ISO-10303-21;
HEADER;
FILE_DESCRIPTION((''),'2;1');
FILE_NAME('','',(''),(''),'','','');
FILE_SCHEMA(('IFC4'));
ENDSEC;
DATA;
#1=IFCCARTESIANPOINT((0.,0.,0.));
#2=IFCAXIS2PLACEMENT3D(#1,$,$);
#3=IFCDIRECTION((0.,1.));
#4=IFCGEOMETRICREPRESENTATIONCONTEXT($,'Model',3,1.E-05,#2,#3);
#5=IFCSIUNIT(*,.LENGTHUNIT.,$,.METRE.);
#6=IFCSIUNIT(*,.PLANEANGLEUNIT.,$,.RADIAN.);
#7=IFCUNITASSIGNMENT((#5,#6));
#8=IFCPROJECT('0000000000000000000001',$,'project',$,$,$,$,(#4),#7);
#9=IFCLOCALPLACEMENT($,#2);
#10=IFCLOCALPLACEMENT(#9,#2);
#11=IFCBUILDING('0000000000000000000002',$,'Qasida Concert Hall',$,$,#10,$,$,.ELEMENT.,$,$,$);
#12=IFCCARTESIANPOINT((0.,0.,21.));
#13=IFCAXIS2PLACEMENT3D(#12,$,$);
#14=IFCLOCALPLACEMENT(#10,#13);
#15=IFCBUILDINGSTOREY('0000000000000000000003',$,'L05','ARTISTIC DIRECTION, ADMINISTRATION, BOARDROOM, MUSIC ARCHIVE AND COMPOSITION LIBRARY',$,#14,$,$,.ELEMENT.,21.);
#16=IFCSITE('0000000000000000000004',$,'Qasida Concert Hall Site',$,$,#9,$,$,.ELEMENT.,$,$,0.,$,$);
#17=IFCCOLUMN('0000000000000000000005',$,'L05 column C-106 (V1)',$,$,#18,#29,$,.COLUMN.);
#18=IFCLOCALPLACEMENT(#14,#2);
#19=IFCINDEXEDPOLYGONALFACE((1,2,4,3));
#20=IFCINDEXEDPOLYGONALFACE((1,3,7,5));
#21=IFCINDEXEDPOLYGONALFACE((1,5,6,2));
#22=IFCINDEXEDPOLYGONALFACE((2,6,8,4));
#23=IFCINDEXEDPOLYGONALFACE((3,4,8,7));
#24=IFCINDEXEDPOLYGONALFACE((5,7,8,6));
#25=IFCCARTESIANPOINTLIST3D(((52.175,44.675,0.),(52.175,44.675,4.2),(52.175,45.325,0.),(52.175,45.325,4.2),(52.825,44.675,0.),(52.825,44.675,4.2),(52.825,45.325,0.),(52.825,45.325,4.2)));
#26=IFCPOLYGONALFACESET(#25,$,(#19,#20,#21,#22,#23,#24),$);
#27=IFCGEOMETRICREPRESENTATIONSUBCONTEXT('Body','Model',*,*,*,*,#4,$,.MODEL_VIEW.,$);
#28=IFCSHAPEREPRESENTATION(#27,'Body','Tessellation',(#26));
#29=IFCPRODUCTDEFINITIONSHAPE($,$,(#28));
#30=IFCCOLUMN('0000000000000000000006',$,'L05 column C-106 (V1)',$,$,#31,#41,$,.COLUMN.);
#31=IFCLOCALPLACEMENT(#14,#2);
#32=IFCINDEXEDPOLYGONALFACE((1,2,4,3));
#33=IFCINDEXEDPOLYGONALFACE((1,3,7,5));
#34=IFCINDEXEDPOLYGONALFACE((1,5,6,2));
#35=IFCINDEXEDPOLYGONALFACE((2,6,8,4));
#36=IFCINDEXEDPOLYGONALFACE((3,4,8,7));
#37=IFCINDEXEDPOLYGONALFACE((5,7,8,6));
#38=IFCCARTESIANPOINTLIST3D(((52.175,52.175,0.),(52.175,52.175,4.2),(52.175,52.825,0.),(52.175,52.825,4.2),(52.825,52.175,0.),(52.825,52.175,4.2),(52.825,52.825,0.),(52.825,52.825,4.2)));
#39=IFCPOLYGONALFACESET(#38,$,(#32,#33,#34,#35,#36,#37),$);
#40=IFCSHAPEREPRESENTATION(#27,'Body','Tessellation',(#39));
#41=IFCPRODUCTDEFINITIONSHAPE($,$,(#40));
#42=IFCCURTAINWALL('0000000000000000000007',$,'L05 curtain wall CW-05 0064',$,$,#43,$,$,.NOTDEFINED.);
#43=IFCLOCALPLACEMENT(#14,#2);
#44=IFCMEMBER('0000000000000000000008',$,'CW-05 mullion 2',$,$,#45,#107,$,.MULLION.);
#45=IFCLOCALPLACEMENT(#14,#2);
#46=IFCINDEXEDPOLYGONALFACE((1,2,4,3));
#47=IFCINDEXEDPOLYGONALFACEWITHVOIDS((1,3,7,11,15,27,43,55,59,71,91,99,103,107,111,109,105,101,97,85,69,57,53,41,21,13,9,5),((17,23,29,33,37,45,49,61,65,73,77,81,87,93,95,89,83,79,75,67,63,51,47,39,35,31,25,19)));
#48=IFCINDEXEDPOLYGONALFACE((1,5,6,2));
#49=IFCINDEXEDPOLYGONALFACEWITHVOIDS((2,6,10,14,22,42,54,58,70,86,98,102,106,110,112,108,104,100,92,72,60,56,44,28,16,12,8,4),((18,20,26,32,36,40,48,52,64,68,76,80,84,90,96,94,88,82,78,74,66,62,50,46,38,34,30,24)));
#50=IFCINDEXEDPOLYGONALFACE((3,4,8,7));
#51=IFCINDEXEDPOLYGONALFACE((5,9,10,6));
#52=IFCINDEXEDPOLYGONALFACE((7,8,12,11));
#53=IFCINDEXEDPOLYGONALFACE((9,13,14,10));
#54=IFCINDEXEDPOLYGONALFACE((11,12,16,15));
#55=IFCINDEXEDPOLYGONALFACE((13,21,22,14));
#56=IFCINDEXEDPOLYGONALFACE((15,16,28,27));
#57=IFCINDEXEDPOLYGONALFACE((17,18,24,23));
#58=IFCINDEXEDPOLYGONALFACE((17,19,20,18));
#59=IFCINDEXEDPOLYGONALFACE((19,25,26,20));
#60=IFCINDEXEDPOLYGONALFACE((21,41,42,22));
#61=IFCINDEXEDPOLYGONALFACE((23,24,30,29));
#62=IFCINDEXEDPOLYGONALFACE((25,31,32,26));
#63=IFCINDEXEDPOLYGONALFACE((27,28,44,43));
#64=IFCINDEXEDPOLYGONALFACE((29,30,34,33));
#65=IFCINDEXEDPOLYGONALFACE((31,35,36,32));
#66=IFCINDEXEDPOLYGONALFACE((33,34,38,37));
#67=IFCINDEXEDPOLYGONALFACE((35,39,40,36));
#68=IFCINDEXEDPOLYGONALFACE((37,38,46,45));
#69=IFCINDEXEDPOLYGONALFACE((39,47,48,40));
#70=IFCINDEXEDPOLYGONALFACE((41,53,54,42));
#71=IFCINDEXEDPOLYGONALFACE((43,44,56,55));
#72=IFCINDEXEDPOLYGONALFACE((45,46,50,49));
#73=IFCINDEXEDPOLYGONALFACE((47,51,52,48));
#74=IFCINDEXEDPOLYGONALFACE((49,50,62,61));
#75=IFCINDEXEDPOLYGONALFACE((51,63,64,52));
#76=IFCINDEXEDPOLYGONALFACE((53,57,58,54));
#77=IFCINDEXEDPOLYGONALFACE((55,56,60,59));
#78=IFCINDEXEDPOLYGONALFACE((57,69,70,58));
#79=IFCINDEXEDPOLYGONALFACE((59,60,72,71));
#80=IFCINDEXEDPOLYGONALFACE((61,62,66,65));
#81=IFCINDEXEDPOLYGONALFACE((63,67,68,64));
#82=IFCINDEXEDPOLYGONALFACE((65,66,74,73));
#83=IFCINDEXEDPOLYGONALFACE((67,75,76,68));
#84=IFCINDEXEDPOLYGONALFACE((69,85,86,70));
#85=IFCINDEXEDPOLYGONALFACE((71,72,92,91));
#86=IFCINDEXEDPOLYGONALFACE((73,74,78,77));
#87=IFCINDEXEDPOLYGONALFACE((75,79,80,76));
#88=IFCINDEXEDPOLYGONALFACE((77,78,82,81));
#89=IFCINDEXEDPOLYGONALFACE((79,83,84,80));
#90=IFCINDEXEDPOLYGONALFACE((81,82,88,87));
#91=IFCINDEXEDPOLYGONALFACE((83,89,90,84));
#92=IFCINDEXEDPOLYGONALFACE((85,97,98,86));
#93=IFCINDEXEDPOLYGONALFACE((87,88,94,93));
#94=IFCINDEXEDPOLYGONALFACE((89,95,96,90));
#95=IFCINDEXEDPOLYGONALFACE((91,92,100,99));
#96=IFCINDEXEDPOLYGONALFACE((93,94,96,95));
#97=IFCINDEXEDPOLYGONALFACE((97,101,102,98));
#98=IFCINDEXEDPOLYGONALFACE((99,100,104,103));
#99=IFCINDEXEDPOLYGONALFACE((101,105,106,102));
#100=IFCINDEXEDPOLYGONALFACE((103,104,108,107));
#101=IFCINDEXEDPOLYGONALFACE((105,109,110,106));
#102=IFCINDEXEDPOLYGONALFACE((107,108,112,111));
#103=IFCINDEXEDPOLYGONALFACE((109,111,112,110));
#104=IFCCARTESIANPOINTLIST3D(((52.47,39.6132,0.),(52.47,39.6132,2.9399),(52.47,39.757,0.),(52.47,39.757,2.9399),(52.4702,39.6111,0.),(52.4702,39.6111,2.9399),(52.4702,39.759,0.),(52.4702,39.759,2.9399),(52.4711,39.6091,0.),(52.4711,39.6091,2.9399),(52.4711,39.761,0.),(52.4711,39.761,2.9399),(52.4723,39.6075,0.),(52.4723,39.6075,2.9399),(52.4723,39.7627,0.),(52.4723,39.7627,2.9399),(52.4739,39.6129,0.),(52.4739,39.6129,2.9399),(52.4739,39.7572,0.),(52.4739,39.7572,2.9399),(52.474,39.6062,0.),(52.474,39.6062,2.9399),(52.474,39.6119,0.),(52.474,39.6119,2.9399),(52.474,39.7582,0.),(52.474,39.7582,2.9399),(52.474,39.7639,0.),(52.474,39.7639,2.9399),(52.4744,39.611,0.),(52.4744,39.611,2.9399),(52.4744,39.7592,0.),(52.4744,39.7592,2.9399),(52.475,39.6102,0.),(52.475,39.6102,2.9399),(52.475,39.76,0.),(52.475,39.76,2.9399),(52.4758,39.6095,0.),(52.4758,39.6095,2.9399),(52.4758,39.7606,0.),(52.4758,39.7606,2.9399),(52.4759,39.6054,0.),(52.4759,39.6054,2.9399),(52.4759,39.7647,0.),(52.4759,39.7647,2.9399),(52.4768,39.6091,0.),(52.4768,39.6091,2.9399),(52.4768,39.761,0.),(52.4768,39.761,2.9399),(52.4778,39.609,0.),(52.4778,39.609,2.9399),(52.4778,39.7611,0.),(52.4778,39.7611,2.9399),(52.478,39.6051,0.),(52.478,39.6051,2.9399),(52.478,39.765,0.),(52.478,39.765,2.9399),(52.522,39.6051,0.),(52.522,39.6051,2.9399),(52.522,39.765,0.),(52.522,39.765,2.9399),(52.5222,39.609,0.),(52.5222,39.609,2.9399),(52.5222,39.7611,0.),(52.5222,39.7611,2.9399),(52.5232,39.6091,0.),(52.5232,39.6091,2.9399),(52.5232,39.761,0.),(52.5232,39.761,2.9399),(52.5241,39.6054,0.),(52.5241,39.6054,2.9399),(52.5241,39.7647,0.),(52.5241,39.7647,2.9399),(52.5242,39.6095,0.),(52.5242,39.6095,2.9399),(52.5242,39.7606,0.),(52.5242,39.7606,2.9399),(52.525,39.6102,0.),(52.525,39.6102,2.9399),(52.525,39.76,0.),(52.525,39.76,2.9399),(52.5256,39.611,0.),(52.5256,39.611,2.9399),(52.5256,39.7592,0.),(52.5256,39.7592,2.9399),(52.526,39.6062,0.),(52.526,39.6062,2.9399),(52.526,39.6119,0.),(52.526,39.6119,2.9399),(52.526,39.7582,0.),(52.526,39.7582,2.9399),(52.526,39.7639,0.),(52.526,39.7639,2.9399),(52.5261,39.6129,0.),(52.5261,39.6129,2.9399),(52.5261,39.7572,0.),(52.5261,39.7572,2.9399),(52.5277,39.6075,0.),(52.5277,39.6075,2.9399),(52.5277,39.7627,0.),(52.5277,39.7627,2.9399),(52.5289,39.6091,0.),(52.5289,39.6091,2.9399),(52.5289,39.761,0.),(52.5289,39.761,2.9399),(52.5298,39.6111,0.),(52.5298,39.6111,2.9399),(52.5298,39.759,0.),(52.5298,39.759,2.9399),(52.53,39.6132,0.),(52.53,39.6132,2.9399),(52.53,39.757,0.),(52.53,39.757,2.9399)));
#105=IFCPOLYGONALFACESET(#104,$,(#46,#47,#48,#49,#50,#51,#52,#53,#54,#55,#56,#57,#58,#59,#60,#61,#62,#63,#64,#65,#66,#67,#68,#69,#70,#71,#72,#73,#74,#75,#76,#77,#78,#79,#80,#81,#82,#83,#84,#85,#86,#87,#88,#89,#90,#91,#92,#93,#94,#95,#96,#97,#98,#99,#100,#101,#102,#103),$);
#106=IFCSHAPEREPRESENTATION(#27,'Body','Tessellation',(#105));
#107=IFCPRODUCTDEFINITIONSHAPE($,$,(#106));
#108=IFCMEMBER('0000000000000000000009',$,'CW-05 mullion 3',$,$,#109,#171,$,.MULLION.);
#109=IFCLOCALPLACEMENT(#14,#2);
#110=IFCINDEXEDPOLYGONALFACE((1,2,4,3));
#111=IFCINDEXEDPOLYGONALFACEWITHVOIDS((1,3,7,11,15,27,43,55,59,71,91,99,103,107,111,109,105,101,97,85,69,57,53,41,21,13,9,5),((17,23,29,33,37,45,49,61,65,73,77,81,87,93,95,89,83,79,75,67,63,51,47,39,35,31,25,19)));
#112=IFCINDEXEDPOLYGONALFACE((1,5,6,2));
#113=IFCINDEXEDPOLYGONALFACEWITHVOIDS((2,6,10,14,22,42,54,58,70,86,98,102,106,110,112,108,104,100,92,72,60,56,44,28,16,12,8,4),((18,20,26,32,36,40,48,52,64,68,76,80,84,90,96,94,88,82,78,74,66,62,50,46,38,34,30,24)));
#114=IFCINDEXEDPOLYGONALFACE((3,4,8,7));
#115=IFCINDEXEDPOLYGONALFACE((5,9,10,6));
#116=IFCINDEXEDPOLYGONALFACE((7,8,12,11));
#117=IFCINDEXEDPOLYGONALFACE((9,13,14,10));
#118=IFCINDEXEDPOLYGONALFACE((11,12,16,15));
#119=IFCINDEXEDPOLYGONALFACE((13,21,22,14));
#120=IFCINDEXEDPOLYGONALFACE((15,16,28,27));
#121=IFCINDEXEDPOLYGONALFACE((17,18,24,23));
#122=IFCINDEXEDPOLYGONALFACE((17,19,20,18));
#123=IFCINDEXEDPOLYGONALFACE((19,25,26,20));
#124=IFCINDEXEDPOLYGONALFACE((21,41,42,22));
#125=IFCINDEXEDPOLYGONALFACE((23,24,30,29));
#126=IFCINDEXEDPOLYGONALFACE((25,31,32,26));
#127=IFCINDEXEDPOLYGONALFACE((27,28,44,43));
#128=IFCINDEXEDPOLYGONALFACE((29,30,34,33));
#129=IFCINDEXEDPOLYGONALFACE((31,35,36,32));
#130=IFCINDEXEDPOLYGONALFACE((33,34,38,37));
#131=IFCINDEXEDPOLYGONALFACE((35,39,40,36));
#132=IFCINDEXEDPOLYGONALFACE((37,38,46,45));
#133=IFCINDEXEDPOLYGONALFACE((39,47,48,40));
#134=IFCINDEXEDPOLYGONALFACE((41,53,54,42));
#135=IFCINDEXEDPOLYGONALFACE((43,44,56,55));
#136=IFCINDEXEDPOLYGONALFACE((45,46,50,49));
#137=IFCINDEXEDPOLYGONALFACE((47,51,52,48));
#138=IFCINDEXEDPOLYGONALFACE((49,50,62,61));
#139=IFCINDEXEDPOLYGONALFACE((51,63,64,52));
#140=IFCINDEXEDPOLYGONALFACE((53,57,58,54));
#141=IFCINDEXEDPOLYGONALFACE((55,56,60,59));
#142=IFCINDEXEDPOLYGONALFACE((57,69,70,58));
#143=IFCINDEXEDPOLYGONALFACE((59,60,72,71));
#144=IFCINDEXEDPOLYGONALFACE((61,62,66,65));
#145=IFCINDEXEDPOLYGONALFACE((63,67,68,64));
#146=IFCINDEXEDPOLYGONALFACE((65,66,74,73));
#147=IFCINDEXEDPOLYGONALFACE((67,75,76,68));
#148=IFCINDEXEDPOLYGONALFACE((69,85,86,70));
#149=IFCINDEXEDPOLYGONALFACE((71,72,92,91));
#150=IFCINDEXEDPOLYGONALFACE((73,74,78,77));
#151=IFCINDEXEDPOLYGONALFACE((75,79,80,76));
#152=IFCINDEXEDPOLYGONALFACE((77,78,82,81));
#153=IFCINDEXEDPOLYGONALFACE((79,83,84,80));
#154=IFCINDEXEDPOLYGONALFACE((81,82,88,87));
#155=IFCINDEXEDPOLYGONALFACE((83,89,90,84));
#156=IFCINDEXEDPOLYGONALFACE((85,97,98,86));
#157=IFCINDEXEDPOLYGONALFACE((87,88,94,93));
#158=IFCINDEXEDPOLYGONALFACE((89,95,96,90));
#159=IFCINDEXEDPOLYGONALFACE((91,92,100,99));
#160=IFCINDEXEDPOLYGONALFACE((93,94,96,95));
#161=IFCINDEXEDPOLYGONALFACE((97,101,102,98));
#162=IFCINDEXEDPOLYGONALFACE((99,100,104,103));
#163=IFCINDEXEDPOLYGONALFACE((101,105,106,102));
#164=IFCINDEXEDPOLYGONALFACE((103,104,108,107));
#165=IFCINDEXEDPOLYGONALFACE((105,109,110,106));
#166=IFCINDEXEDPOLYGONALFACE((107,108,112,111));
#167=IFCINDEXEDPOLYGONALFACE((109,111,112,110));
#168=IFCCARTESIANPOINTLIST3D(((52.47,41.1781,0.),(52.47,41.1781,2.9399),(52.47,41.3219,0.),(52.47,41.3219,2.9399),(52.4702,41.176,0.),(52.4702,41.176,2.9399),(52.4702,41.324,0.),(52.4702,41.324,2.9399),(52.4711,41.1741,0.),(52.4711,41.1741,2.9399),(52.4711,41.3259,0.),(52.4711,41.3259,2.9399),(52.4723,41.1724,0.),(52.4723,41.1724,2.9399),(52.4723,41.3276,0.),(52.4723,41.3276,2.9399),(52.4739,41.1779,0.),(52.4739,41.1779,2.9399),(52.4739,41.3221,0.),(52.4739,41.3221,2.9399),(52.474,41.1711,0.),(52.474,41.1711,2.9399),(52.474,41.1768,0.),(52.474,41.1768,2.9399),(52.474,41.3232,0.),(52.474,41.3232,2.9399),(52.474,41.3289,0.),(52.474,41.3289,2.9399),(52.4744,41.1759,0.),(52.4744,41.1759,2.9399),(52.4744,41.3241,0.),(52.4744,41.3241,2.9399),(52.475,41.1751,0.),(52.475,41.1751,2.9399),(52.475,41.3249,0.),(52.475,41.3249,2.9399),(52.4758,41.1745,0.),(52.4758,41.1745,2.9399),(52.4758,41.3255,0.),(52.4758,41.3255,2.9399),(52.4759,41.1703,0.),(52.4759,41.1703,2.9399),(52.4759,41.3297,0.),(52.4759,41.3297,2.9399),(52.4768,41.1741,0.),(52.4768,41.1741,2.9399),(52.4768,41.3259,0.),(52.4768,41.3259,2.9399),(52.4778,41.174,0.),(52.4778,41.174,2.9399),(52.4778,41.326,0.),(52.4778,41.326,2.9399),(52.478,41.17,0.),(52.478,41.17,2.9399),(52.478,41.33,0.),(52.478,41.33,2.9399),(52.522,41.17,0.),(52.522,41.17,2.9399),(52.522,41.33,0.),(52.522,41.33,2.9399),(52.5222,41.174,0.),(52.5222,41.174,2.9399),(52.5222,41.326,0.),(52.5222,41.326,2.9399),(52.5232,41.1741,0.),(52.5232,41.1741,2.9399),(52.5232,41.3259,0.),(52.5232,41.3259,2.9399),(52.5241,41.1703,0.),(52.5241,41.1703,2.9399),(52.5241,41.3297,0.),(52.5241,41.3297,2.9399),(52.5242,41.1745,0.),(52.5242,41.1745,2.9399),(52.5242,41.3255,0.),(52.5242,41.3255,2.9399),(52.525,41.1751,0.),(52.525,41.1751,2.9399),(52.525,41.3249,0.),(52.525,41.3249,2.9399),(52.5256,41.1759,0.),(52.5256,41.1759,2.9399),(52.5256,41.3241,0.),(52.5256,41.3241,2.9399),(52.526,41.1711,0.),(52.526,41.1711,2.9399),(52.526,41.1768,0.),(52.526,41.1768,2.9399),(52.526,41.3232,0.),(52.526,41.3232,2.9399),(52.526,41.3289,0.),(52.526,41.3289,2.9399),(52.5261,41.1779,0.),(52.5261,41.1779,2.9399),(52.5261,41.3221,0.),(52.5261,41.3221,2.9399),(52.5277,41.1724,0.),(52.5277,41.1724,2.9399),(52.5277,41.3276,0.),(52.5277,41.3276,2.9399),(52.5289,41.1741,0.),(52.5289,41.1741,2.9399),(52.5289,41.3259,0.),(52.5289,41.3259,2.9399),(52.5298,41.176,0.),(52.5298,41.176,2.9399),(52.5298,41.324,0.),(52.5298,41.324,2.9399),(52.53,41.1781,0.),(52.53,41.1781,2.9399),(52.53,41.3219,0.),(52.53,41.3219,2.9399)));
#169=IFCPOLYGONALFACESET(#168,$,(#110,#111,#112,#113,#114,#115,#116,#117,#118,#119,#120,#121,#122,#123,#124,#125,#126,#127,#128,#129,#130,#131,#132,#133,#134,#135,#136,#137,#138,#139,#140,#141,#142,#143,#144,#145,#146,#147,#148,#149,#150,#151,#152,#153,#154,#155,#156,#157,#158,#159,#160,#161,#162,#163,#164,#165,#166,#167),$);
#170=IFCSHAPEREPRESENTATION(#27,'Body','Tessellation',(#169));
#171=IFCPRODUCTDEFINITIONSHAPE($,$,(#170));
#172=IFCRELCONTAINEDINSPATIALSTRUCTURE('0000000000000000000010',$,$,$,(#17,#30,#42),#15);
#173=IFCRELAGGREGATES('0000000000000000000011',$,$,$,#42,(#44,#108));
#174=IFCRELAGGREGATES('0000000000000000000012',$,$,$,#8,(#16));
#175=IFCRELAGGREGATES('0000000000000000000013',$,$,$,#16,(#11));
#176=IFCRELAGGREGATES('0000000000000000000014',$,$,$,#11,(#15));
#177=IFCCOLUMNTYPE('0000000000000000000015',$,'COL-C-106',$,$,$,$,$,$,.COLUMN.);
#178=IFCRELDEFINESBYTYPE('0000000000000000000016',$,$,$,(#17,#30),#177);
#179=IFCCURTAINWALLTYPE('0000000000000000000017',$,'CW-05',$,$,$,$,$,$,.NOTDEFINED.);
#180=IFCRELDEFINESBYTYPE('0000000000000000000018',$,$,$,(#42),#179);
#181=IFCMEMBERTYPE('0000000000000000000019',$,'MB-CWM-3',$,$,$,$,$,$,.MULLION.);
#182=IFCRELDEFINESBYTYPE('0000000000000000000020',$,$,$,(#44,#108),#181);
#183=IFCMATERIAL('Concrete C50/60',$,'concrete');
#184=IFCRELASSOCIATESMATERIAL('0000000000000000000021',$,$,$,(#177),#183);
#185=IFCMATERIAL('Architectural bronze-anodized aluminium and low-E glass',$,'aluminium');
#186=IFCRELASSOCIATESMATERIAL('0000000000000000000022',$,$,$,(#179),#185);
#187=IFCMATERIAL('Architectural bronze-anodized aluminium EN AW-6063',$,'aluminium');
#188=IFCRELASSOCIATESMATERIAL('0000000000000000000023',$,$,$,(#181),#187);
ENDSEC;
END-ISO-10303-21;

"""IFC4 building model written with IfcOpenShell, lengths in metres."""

from ifc_helpers import new_model, si_unit, direction, frame, origin, origin_2d, place, context, subcontext, project, spatial, rectangle, hollow_rectangle, extrude, material, material_profile, profile_set, type_object, element, aggregate, save


model = new_model("IFC4")

# Units and contexts
model_context = context("Model", 3, precision=1e-05, world=origin(), true_north=direction((0.0, 1.0)))
body_context = subcontext(model_context, "Body", "Model", "MODEL_VIEW")
ifc_project = project(units=[si_unit("LENGTHUNIT", "METRE"), si_unit("PLANEANGLEUNIT", "RADIAN")], contexts=[model_context])

# Site, building, storey
site_placement = place(None, origin())
site = spatial("IfcSite", under=ifc_project, at=site_placement, Name="Qasida Concert Hall Site", CompositionType="ELEMENT", RefElevation=0.0)
building_placement = place(site_placement, origin())
building = spatial("IfcBuilding", under=site, at=building_placement, Name="Qasida Concert Hall", CompositionType="ELEMENT")
storey_placement = place(building_placement, frame((0.0, 0.0, 21.0)))
storey = spatial("IfcBuildingStorey", under=building, at=storey_placement, Name="L05", Description="ARTISTIC DIRECTION, ADMINISTRATION, BOARDROOM, MUSIC ARCHIVE AND COMPOSITION LIBRARY", CompositionType="ELEMENT", Elevation=21.0)

# Columns
ifc_material_1 = material(Name="Concrete C50/60", Category="concrete")
ifc_material_profile_1 = material_profile(ifc_material_1, rectangle(XDim=0.6499, YDim=0.6499, at=origin_2d()), Name="RC 650x650")
ifc_profile_set_1 = profile_set([ifc_material_profile_1], Name="Concrete C50/60")
column_type = type_object("IfcColumnType", Name="COL-C-106", PredefinedType="COLUMN", material=ifc_profile_set_1)
for number, where, z_axis, x_axis, name in (
    (1, (52.5, 45.0, 0.0), (0.0, 0.0, 1.0), (1.0, 0.0, 0.0), "L05 column C-106 (V1)"),
    (2, (52.5, 52.5, 0.0), (0.0, 0.0, 1.0), (1.0, 0.0, 0.0), "L05 column C-106 (V1)"),
):
    element("IfcColumn", number, at=place(storey_placement, frame(where, z_axis=z_axis, x_axis=x_axis)), inside=storey, type_object=column_type, Name=name, PredefinedType="COLUMN", context=body_context, shape_type="SweptSolid", body=[
        extrude(rectangle(XDim=0.6499, YDim=0.6499, at=origin_2d()), origin(), (0.0, 0.0, 1.0), 4.2),
    ])

# Curtain wall, members
ifc_material_2 = material(Name="Architectural bronze-anodized aluminium and low-E glass", Category="aluminium")
curtain_wall_type = type_object("IfcCurtainWallType", Name="CW-05", PredefinedType="NOTDEFINED", material=ifc_material_2)
curtain_wall_placement = place(storey_placement, origin())
curtain_wall = element("IfcCurtainWall", 3, at=curtain_wall_placement, inside=storey, type_object=curtain_wall_type, Name="L05 curtain wall CW-05 0064", PredefinedType="NOTDEFINED")
ifc_material_3 = material(Name="Architectural bronze-anodized aluminium EN AW-6063", Category="aluminium")
ifc_material_profile_2 = material_profile(ifc_material_3, hollow_rectangle(XDim=0.0601, YDim=0.1599, WallThickness=0.0039, InnerFilletRadius=0.0039, OuterFilletRadius=0.0081, at=origin_2d()), Name="CWM 160x60x4")
ifc_profile_set_2 = profile_set([ifc_material_profile_2], Name="Architectural bronze-anodized aluminium EN AW-6063")
member_type_1 = type_object("IfcMemberType", Name="MB-CWM-3", PredefinedType="MULLION", material=ifc_profile_set_2)
member_1_placement = place(storey_placement, frame((52.5, 39.6851, 0.0), z_axis=(0.0, 0.0, 1.0), x_axis=(-1.0, 0.0, 0.0)))
member_1 = element("IfcMember", 4, at=member_1_placement, type_object=member_type_1, Name="CW-05 mullion 2", PredefinedType="MULLION", context=body_context, shape_type="SweptSolid", body=[
    extrude(hollow_rectangle(XDim=0.0601, YDim=0.1599, WallThickness=0.0039, InnerFilletRadius=0.0039, OuterFilletRadius=0.0081, at=origin_2d()), origin(), (0.0, 0.0, 1.0), 2.9399),
])
member_2_placement = place(storey_placement, frame((52.5, 41.25, 0.0), z_axis=(0.0, 0.0, 1.0), x_axis=(-1.0, 0.0, 0.0)))
member_2 = element("IfcMember", 5, at=member_2_placement, type_object=member_type_1, Name="CW-05 mullion 3", PredefinedType="MULLION", context=body_context, shape_type="SweptSolid", body=[
    extrude(hollow_rectangle(XDim=0.0601, YDim=0.1599, WallThickness=0.0039, InnerFilletRadius=0.0039, OuterFilletRadius=0.0081, at=origin_2d()), origin(), (0.0, 0.0, 1.0), 2.9399),
])
aggregate(curtain_wall, [member_1, member_2])

save(model, "model.ifc")
